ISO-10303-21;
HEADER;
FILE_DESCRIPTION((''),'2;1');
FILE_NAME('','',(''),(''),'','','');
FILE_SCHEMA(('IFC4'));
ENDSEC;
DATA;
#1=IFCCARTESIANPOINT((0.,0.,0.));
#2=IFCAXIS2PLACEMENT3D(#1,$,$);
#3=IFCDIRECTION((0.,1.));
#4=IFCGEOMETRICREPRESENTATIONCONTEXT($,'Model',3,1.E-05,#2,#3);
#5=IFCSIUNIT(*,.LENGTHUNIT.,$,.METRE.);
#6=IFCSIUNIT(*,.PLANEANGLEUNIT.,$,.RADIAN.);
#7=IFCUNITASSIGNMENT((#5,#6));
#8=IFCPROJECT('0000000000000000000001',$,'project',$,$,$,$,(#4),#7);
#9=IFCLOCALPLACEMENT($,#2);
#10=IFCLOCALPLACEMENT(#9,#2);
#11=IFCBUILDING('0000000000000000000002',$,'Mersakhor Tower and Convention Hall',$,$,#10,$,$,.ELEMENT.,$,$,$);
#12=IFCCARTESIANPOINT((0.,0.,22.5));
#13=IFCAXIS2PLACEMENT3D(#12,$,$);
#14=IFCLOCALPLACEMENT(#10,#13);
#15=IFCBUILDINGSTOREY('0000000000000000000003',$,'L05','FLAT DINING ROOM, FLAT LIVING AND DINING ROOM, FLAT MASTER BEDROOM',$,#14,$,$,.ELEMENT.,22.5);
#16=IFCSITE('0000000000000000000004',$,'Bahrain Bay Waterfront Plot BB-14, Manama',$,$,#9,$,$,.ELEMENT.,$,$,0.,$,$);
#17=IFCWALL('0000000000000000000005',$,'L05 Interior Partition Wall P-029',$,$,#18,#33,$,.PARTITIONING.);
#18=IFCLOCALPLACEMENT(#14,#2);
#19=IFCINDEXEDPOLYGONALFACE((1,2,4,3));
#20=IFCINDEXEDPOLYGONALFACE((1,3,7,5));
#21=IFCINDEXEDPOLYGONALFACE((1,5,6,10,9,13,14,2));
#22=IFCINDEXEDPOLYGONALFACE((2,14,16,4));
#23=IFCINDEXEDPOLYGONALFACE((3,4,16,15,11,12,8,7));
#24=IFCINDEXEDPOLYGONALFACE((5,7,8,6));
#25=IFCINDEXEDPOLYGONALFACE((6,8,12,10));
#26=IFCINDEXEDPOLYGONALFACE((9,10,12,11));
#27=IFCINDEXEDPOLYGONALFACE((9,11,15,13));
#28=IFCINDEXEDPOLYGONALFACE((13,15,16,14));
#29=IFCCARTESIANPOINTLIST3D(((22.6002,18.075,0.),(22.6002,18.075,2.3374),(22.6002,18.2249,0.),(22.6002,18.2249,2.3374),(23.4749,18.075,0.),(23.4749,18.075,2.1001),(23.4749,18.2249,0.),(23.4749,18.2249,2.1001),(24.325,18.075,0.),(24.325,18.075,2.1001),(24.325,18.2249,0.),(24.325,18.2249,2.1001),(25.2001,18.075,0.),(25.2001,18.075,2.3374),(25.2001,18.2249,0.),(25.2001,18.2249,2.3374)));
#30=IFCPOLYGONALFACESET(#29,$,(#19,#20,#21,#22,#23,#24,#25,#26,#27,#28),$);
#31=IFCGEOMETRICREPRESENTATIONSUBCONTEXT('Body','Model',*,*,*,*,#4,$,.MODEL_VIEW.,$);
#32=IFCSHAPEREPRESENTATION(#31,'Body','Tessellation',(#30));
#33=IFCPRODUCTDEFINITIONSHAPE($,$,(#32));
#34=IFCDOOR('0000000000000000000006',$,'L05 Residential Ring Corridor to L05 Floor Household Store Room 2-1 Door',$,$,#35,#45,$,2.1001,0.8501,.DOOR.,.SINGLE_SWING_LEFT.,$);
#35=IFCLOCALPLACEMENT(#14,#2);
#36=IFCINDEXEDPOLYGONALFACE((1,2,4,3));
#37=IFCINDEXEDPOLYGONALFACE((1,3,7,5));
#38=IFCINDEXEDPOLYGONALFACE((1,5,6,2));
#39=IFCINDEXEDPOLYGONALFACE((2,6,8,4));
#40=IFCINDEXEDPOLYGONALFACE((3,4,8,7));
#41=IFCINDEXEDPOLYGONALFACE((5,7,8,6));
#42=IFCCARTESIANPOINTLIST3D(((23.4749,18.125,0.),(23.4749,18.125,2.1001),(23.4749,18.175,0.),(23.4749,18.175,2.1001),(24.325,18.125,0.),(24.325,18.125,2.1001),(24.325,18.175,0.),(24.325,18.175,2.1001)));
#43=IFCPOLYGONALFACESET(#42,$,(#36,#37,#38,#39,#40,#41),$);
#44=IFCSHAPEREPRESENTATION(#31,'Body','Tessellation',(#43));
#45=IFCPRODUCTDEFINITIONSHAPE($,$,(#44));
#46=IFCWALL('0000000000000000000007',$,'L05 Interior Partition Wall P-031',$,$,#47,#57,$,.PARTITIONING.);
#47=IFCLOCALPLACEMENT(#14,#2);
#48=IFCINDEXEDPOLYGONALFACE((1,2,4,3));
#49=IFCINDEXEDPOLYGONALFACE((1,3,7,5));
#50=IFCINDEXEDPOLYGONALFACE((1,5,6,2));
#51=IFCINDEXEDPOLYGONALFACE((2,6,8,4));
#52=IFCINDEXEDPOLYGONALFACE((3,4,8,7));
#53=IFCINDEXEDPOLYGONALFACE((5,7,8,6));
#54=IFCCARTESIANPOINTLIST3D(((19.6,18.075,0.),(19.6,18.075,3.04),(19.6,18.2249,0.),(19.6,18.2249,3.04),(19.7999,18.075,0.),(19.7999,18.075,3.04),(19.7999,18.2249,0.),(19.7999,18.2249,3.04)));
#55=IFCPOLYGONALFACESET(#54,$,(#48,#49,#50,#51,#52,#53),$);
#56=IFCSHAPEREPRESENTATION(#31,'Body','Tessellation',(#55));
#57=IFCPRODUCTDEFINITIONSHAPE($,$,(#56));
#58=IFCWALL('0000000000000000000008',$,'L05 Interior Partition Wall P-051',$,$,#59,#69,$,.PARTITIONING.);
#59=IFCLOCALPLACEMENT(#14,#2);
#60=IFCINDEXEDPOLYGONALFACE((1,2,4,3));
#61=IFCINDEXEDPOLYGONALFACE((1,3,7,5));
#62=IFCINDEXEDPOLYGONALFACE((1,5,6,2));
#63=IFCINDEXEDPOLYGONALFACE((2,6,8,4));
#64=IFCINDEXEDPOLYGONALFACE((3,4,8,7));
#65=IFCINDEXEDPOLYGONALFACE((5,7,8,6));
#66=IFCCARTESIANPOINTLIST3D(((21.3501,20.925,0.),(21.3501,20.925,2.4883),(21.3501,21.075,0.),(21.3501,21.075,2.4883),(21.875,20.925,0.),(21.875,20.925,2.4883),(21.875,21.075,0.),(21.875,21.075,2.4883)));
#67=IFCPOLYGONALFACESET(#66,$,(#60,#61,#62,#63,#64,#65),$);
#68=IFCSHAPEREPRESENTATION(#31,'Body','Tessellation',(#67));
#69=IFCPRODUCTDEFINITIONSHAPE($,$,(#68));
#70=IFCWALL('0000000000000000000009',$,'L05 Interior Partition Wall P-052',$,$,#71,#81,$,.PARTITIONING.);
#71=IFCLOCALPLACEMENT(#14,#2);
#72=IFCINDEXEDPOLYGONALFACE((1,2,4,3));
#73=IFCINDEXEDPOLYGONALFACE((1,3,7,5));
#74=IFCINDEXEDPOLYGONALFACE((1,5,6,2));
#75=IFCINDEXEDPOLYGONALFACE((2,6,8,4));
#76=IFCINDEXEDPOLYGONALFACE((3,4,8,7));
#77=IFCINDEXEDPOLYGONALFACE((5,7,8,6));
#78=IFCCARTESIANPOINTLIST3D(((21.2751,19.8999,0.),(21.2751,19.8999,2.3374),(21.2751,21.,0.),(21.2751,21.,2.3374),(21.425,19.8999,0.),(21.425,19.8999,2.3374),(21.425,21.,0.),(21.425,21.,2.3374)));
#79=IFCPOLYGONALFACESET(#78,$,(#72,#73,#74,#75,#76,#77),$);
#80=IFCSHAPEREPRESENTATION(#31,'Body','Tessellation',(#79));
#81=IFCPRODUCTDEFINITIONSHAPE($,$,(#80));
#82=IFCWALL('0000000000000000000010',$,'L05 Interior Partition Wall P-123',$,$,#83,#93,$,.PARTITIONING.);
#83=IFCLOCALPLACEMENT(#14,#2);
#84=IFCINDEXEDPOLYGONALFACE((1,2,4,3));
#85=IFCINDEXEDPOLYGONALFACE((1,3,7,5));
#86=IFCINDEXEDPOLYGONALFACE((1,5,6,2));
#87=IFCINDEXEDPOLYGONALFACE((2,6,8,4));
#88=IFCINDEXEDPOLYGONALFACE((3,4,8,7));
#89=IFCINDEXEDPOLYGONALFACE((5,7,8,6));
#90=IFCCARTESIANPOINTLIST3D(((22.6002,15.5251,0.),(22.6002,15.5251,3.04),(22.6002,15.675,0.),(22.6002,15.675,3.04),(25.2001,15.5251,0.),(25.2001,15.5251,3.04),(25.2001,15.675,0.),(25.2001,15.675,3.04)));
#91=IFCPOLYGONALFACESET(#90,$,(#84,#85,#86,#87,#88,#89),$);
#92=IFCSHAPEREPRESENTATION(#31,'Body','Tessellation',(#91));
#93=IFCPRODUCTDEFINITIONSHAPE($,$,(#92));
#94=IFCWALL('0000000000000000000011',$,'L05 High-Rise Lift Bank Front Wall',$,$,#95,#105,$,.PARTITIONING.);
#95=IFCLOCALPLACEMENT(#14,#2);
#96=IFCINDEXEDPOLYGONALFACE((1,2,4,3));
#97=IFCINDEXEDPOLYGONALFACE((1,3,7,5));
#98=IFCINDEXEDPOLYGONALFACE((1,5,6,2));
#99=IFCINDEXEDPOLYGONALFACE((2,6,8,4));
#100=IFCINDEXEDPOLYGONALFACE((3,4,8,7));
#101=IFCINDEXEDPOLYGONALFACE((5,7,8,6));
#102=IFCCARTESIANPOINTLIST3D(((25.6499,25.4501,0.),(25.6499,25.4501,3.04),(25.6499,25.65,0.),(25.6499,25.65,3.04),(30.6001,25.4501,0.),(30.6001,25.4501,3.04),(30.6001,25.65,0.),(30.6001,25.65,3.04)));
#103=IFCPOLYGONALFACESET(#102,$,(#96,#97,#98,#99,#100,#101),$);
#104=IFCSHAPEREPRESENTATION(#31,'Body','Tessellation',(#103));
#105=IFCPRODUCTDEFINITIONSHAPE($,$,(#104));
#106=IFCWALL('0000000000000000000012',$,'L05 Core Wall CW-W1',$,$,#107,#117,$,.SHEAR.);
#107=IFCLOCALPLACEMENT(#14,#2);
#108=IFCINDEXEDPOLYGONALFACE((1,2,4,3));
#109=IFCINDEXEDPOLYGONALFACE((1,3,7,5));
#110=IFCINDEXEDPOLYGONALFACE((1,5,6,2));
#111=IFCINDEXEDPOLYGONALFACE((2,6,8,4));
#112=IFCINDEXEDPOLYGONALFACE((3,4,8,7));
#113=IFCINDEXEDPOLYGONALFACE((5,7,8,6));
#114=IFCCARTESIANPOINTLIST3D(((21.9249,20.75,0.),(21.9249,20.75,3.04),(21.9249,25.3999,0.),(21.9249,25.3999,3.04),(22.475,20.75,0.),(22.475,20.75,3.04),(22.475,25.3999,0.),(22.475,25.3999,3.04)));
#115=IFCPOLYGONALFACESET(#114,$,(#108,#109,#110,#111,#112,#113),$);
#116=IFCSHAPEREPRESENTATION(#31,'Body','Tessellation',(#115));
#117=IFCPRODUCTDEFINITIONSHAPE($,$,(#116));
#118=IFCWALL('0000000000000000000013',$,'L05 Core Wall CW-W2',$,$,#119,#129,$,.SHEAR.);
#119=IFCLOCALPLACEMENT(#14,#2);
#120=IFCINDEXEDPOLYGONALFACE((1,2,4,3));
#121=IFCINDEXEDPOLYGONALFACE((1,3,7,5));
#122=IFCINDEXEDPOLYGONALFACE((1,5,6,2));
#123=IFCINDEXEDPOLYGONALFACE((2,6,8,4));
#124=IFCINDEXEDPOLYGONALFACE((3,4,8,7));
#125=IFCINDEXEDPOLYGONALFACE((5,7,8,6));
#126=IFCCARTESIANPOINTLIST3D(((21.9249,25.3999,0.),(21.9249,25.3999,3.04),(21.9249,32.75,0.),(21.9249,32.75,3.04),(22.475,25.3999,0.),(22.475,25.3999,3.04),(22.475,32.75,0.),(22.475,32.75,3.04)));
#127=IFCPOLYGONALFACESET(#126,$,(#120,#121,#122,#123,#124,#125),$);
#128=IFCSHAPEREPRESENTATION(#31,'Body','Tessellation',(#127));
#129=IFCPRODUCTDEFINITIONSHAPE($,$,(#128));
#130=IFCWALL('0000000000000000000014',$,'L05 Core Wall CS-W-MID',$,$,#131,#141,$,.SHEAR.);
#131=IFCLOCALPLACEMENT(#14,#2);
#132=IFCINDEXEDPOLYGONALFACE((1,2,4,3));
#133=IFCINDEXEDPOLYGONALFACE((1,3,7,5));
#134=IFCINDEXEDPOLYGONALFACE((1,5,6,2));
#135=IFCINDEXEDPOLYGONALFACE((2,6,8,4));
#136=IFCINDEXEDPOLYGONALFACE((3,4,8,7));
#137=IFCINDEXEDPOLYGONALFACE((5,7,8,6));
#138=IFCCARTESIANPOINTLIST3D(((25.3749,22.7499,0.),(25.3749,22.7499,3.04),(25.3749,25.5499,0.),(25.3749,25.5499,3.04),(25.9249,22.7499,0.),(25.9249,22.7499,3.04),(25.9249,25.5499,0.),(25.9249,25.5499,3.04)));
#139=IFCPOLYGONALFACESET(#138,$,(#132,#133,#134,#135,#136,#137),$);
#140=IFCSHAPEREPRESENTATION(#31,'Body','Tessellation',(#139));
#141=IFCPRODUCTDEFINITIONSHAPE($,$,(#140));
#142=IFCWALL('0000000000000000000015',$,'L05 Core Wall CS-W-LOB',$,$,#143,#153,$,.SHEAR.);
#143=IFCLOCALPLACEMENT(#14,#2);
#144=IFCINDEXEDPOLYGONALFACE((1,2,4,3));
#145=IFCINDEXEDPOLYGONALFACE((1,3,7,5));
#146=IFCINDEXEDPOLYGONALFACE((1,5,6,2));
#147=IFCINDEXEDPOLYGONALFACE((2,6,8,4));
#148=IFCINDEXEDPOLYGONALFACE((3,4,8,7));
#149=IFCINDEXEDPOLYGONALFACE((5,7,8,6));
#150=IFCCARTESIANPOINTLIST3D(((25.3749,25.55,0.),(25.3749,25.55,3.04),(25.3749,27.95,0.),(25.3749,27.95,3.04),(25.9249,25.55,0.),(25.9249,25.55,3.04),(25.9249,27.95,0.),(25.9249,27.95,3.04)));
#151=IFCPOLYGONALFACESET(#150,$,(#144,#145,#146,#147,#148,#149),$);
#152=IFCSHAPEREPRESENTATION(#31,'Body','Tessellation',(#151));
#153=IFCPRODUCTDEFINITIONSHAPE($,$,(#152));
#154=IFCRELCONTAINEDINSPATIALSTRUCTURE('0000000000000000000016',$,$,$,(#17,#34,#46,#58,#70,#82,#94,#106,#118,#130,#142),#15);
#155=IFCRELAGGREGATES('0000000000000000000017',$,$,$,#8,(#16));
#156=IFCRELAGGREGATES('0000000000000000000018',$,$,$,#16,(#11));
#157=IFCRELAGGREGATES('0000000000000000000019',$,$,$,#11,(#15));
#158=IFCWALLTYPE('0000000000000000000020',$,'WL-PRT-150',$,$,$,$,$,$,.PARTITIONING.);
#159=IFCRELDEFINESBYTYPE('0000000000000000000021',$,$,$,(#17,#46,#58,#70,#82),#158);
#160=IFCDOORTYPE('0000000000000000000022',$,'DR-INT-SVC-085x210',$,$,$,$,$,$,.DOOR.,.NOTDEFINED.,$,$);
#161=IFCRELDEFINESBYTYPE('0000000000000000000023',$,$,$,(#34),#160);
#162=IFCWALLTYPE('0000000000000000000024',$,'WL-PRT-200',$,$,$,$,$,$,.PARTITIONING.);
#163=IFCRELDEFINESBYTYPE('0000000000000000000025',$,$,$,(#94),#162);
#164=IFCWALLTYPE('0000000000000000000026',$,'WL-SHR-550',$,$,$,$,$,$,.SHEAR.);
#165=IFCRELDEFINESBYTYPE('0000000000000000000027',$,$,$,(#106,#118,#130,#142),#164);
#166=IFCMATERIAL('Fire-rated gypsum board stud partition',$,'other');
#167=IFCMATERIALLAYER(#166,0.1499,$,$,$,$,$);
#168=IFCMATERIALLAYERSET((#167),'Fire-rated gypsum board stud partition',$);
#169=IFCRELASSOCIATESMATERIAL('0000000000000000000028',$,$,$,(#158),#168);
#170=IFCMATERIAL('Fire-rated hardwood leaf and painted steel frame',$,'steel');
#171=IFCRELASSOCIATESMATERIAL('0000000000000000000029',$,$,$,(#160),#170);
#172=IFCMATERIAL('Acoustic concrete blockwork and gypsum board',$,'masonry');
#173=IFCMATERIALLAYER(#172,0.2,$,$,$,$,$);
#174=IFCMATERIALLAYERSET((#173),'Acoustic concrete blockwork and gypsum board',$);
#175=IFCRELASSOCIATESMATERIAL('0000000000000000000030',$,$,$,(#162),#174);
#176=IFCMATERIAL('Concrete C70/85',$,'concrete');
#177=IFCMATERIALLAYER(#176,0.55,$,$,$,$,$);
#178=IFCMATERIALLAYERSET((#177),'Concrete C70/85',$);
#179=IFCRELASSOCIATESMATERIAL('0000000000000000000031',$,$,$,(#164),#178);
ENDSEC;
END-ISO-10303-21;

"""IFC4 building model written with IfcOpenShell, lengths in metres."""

from ifc_helpers import new_model, si_unit, direction, frame, frame_2d, origin, place, context, subcontext, project, spatial, rectangle, extrude, material, layer, layer_set, type_object, element, fill, save


model = new_model("IFC4")

# Units and contexts
model_context = context("Model", 3, precision=1e-05, world=origin(), true_north=direction((0.0, 1.0)))
body_context = subcontext(model_context, "Body", "Model", "MODEL_VIEW")
ifc_project = project(units=[si_unit("LENGTHUNIT", "METRE"), si_unit("PLANEANGLEUNIT", "RADIAN")], contexts=[model_context])

# Site, building, storey
site_placement = place(None, origin())
site = spatial("IfcSite", under=ifc_project, at=site_placement, Name="Bahrain Bay Waterfront Plot BB-14, Manama", CompositionType="ELEMENT", RefElevation=0.0)
building_placement = place(site_placement, origin())
building = spatial("IfcBuilding", under=site, at=building_placement, Name="Mersakhor Tower and Convention Hall", CompositionType="ELEMENT")
storey_placement = place(building_placement, frame((0.0, 0.0, 22.5)))
storey = spatial("IfcBuildingStorey", under=building, at=storey_placement, Name="L05", Description="FLAT DINING ROOM, FLAT LIVING AND DINING ROOM, FLAT MASTER BEDROOM", CompositionType="ELEMENT", Elevation=22.5)

# Shared definitions
ifc_material_1 = material(Name="Fire-rated gypsum board stud partition", Category="other")
ifc_layer_1 = layer(ifc_material_1, 0.1499)
ifc_layer_set_1 = layer_set([ifc_layer_1], Name="Fire-rated gypsum board stud partition")
wall_type_1 = type_object("IfcWallType", Name="WL-PRT-150", PredefinedType="PARTITIONING", material=ifc_layer_set_1)

# Wall, opening, door
wall_1_placement = place(storey_placement, frame((25.2, 18.1499, 0.0), z_axis=(0.0, 0.0, 1.0), x_axis=(-1.0, 0.0, 0.0)))
wall_1 = element("IfcWall", 1, at=wall_1_placement, inside=storey, type_object=wall_type_1, Name="L05 Interior Partition Wall P-029", PredefinedType="PARTITIONING", context=body_context, shape_type="SweptSolid", body=[
    extrude(rectangle(XDim=2.5999, YDim=0.1499, at=frame_2d((1.2998, 0.0))), origin(), (0.0, 0.0, 1.0), 2.3374),
])
opening_1_placement = place(wall_1_placement, frame((0.875, 0.0, 0.0)))
opening_1 = element("IfcOpeningElement", 2, at=opening_1_placement, cuts=wall_1, PredefinedType="OPENING", context=body_context, shape_type="SweptSolid", body=[
    extrude(rectangle(XDim=0.8501, YDim=2.1001, at=frame_2d((0.425, 1.05))), frame((0.0, 0.085, 0.0), z_axis=(0.0, -1.0, 0.0), x_axis=(1.0, 0.0, 0.0)), (0.0, 0.0, 1.0), 0.1699),
])
ifc_material_2 = material(Name="Fire-rated hardwood leaf and painted steel frame", Category="steel")
door_type_1 = type_object("IfcDoorType", Name="DR-INT-SVC-085x210", OperationType="NOTDEFINED", PredefinedType="DOOR", material=ifc_material_2)
door_1_placement = place(opening_1_placement, origin())
door_1 = element("IfcDoor", 3, at=door_1_placement, inside=storey, type_object=door_type_1, Name="L05 Residential Ring Corridor to L05 Floor Household Store Room 2-1 Door", OperationType="SINGLE_SWING_LEFT", OverallHeight=2.1001, OverallWidth=0.8501, PredefinedType="DOOR", context=body_context, shape_type="SweptSolid", body=[
    extrude(rectangle(XDim=0.8501, YDim=2.1001, at=frame_2d((0.425, 1.05))), frame((0.0, 0.0249, 0.0), z_axis=(0.0, -1.0, 0.0), x_axis=(1.0, 0.0, 0.0)), (0.0, 0.0, 1.0), 0.05),
])
fill(opening_1, door_1)

# Walls
wall_2_placement = place(storey_placement, frame((19.8, 18.1499, 0.0), z_axis=(0.0, 0.0, 1.0), x_axis=(-1.0, 0.0, 0.0)))
element("IfcWall", 4, at=wall_2_placement, inside=storey, type_object=wall_type_1, Name="L05 Interior Partition Wall P-031", PredefinedType="PARTITIONING", context=body_context, shape_type="SweptSolid", body=[
    extrude(rectangle(XDim=0.2, YDim=0.1499, at=frame_2d((0.1001, 0.0))), origin(), (0.0, 0.0, 1.0), 3.04),
])
wall_3_placement = place(storey_placement, frame((21.875, 21.0, 0.0), z_axis=(0.0, 0.0, 1.0), x_axis=(-1.0, 0.0, 0.0)))
element("IfcWall", 5, at=wall_3_placement, inside=storey, type_object=wall_type_1, Name="L05 Interior Partition Wall P-051", PredefinedType="PARTITIONING", context=body_context, shape_type="SweptSolid", body=[
    extrude(rectangle(XDim=0.5249, YDim=0.1499, at=frame_2d((0.2625, 0.0))), origin(), (0.0, 0.0, 1.0), 2.4883),
])
wall_4_placement = place(storey_placement, frame((21.3501, 21.0, 0.0), z_axis=(0.0, 0.0, 1.0), x_axis=(0.0, -1.0, 0.0)))
element("IfcWall", 6, at=wall_4_placement, inside=storey, type_object=wall_type_1, Name="L05 Interior Partition Wall P-052", PredefinedType="PARTITIONING", context=body_context, shape_type="SweptSolid", body=[
    extrude(rectangle(XDim=1.1001, YDim=0.1499, at=frame_2d((0.55, 0.0))), origin(), (0.0, 0.0, 1.0), 2.3374),
])
wall_5_placement = place(storey_placement, frame((25.2, 15.6001, 0.0), z_axis=(0.0, 0.0, 1.0), x_axis=(-1.0, 0.0, 0.0)))
element("IfcWall", 7, at=wall_5_placement, inside=storey, type_object=wall_type_1, Name="L05 Interior Partition Wall P-123", PredefinedType="PARTITIONING", context=body_context, shape_type="SweptSolid", body=[
    extrude(rectangle(XDim=2.5999, YDim=0.1499, at=frame_2d((1.2998, 0.0))), origin(), (0.0, 0.0, 1.0), 3.04),
])
ifc_material_3 = material(Name="Acoustic concrete blockwork and gypsum board", Category="masonry")
ifc_layer_2 = layer(ifc_material_3, 0.2)
ifc_layer_set_2 = layer_set([ifc_layer_2], Name="Acoustic concrete blockwork and gypsum board")
wall_type_2 = type_object("IfcWallType", Name="WL-PRT-200", PredefinedType="PARTITIONING", material=ifc_layer_set_2)
wall_6_placement = place(storey_placement, frame((25.6499, 25.55, 0.0), z_axis=(0.0, 0.0, 1.0), x_axis=(1.0, 0.0, 0.0)))
element("IfcWall", 8, at=wall_6_placement, inside=storey, type_object=wall_type_2, Name="L05 High-Rise Lift Bank Front Wall", PredefinedType="PARTITIONING", context=body_context, shape_type="SweptSolid", body=[
    extrude(rectangle(XDim=4.9502, YDim=0.2, at=frame_2d((2.4751, 0.0))), origin(), (0.0, 0.0, 1.0), 3.04),
])

# Walls
ifc_material_4 = material(Name="Concrete C70/85", Category="concrete")
ifc_layer_3 = layer(ifc_material_4, 0.55)
ifc_layer_set_3 = layer_set([ifc_layer_3], Name="Concrete C70/85")
wall_type_3 = type_object("IfcWallType", Name="WL-SHR-550", PredefinedType="SHEAR", material=ifc_layer_set_3)
wall_7_placement = place(storey_placement, frame((22.2, 20.75, 0.0), z_axis=(0.0, 0.0, 1.0), x_axis=(0.0, 1.0, 0.0)))
element("IfcWall", 9, at=wall_7_placement, inside=storey, type_object=wall_type_3, Name="L05 Core Wall CW-W1", PredefinedType="SHEAR", context=body_context, shape_type="SweptSolid", body=[
    extrude(rectangle(XDim=4.6499, YDim=0.55, at=frame_2d((2.325, 0.0))), origin(), (0.0, 0.0, 1.0), 3.04),
])
wall_8_placement = place(storey_placement, frame((22.2, 25.3999, 0.0), z_axis=(0.0, 0.0, 1.0), x_axis=(0.0, 1.0, 0.0)))
element("IfcWall", 10, at=wall_8_placement, inside=storey, type_object=wall_type_3, Name="L05 Core Wall CW-W2", PredefinedType="SHEAR", context=body_context, shape_type="SweptSolid", body=[
    extrude(rectangle(XDim=7.3501, YDim=0.55, at=frame_2d((3.675, 0.0))), origin(), (0.0, 0.0, 1.0), 3.04),
])

# Walls
wall_9_placement = place(storey_placement, frame((25.6499, 22.75, 0.0), z_axis=(0.0, 0.0, 1.0), x_axis=(0.0, 1.0, 0.0)))
element("IfcWall", 11, at=wall_9_placement, inside=storey, type_object=wall_type_3, Name="L05 Core Wall CS-W-MID", PredefinedType="SHEAR", context=body_context, shape_type="SweptSolid", body=[
    extrude(rectangle(XDim=2.8, YDim=0.55, at=frame_2d((1.3999, 0.0))), origin(), (0.0, 0.0, 1.0), 3.04),
])
wall_10_placement = place(storey_placement, frame((25.6499, 25.55, 0.0), z_axis=(0.0, 0.0, 1.0), x_axis=(0.0, 1.0, 0.0)))
element("IfcWall", 12, at=wall_10_placement, inside=storey, type_object=wall_type_3, Name="L05 Core Wall CS-W-LOB", PredefinedType="SHEAR", context=body_context, shape_type="SweptSolid", body=[
    extrude(rectangle(XDim=2.3999, YDim=0.55, at=frame_2d((1.2, 0.0))), origin(), (0.0, 0.0, 1.0), 3.04),
])

save(model, "model.ifc")
